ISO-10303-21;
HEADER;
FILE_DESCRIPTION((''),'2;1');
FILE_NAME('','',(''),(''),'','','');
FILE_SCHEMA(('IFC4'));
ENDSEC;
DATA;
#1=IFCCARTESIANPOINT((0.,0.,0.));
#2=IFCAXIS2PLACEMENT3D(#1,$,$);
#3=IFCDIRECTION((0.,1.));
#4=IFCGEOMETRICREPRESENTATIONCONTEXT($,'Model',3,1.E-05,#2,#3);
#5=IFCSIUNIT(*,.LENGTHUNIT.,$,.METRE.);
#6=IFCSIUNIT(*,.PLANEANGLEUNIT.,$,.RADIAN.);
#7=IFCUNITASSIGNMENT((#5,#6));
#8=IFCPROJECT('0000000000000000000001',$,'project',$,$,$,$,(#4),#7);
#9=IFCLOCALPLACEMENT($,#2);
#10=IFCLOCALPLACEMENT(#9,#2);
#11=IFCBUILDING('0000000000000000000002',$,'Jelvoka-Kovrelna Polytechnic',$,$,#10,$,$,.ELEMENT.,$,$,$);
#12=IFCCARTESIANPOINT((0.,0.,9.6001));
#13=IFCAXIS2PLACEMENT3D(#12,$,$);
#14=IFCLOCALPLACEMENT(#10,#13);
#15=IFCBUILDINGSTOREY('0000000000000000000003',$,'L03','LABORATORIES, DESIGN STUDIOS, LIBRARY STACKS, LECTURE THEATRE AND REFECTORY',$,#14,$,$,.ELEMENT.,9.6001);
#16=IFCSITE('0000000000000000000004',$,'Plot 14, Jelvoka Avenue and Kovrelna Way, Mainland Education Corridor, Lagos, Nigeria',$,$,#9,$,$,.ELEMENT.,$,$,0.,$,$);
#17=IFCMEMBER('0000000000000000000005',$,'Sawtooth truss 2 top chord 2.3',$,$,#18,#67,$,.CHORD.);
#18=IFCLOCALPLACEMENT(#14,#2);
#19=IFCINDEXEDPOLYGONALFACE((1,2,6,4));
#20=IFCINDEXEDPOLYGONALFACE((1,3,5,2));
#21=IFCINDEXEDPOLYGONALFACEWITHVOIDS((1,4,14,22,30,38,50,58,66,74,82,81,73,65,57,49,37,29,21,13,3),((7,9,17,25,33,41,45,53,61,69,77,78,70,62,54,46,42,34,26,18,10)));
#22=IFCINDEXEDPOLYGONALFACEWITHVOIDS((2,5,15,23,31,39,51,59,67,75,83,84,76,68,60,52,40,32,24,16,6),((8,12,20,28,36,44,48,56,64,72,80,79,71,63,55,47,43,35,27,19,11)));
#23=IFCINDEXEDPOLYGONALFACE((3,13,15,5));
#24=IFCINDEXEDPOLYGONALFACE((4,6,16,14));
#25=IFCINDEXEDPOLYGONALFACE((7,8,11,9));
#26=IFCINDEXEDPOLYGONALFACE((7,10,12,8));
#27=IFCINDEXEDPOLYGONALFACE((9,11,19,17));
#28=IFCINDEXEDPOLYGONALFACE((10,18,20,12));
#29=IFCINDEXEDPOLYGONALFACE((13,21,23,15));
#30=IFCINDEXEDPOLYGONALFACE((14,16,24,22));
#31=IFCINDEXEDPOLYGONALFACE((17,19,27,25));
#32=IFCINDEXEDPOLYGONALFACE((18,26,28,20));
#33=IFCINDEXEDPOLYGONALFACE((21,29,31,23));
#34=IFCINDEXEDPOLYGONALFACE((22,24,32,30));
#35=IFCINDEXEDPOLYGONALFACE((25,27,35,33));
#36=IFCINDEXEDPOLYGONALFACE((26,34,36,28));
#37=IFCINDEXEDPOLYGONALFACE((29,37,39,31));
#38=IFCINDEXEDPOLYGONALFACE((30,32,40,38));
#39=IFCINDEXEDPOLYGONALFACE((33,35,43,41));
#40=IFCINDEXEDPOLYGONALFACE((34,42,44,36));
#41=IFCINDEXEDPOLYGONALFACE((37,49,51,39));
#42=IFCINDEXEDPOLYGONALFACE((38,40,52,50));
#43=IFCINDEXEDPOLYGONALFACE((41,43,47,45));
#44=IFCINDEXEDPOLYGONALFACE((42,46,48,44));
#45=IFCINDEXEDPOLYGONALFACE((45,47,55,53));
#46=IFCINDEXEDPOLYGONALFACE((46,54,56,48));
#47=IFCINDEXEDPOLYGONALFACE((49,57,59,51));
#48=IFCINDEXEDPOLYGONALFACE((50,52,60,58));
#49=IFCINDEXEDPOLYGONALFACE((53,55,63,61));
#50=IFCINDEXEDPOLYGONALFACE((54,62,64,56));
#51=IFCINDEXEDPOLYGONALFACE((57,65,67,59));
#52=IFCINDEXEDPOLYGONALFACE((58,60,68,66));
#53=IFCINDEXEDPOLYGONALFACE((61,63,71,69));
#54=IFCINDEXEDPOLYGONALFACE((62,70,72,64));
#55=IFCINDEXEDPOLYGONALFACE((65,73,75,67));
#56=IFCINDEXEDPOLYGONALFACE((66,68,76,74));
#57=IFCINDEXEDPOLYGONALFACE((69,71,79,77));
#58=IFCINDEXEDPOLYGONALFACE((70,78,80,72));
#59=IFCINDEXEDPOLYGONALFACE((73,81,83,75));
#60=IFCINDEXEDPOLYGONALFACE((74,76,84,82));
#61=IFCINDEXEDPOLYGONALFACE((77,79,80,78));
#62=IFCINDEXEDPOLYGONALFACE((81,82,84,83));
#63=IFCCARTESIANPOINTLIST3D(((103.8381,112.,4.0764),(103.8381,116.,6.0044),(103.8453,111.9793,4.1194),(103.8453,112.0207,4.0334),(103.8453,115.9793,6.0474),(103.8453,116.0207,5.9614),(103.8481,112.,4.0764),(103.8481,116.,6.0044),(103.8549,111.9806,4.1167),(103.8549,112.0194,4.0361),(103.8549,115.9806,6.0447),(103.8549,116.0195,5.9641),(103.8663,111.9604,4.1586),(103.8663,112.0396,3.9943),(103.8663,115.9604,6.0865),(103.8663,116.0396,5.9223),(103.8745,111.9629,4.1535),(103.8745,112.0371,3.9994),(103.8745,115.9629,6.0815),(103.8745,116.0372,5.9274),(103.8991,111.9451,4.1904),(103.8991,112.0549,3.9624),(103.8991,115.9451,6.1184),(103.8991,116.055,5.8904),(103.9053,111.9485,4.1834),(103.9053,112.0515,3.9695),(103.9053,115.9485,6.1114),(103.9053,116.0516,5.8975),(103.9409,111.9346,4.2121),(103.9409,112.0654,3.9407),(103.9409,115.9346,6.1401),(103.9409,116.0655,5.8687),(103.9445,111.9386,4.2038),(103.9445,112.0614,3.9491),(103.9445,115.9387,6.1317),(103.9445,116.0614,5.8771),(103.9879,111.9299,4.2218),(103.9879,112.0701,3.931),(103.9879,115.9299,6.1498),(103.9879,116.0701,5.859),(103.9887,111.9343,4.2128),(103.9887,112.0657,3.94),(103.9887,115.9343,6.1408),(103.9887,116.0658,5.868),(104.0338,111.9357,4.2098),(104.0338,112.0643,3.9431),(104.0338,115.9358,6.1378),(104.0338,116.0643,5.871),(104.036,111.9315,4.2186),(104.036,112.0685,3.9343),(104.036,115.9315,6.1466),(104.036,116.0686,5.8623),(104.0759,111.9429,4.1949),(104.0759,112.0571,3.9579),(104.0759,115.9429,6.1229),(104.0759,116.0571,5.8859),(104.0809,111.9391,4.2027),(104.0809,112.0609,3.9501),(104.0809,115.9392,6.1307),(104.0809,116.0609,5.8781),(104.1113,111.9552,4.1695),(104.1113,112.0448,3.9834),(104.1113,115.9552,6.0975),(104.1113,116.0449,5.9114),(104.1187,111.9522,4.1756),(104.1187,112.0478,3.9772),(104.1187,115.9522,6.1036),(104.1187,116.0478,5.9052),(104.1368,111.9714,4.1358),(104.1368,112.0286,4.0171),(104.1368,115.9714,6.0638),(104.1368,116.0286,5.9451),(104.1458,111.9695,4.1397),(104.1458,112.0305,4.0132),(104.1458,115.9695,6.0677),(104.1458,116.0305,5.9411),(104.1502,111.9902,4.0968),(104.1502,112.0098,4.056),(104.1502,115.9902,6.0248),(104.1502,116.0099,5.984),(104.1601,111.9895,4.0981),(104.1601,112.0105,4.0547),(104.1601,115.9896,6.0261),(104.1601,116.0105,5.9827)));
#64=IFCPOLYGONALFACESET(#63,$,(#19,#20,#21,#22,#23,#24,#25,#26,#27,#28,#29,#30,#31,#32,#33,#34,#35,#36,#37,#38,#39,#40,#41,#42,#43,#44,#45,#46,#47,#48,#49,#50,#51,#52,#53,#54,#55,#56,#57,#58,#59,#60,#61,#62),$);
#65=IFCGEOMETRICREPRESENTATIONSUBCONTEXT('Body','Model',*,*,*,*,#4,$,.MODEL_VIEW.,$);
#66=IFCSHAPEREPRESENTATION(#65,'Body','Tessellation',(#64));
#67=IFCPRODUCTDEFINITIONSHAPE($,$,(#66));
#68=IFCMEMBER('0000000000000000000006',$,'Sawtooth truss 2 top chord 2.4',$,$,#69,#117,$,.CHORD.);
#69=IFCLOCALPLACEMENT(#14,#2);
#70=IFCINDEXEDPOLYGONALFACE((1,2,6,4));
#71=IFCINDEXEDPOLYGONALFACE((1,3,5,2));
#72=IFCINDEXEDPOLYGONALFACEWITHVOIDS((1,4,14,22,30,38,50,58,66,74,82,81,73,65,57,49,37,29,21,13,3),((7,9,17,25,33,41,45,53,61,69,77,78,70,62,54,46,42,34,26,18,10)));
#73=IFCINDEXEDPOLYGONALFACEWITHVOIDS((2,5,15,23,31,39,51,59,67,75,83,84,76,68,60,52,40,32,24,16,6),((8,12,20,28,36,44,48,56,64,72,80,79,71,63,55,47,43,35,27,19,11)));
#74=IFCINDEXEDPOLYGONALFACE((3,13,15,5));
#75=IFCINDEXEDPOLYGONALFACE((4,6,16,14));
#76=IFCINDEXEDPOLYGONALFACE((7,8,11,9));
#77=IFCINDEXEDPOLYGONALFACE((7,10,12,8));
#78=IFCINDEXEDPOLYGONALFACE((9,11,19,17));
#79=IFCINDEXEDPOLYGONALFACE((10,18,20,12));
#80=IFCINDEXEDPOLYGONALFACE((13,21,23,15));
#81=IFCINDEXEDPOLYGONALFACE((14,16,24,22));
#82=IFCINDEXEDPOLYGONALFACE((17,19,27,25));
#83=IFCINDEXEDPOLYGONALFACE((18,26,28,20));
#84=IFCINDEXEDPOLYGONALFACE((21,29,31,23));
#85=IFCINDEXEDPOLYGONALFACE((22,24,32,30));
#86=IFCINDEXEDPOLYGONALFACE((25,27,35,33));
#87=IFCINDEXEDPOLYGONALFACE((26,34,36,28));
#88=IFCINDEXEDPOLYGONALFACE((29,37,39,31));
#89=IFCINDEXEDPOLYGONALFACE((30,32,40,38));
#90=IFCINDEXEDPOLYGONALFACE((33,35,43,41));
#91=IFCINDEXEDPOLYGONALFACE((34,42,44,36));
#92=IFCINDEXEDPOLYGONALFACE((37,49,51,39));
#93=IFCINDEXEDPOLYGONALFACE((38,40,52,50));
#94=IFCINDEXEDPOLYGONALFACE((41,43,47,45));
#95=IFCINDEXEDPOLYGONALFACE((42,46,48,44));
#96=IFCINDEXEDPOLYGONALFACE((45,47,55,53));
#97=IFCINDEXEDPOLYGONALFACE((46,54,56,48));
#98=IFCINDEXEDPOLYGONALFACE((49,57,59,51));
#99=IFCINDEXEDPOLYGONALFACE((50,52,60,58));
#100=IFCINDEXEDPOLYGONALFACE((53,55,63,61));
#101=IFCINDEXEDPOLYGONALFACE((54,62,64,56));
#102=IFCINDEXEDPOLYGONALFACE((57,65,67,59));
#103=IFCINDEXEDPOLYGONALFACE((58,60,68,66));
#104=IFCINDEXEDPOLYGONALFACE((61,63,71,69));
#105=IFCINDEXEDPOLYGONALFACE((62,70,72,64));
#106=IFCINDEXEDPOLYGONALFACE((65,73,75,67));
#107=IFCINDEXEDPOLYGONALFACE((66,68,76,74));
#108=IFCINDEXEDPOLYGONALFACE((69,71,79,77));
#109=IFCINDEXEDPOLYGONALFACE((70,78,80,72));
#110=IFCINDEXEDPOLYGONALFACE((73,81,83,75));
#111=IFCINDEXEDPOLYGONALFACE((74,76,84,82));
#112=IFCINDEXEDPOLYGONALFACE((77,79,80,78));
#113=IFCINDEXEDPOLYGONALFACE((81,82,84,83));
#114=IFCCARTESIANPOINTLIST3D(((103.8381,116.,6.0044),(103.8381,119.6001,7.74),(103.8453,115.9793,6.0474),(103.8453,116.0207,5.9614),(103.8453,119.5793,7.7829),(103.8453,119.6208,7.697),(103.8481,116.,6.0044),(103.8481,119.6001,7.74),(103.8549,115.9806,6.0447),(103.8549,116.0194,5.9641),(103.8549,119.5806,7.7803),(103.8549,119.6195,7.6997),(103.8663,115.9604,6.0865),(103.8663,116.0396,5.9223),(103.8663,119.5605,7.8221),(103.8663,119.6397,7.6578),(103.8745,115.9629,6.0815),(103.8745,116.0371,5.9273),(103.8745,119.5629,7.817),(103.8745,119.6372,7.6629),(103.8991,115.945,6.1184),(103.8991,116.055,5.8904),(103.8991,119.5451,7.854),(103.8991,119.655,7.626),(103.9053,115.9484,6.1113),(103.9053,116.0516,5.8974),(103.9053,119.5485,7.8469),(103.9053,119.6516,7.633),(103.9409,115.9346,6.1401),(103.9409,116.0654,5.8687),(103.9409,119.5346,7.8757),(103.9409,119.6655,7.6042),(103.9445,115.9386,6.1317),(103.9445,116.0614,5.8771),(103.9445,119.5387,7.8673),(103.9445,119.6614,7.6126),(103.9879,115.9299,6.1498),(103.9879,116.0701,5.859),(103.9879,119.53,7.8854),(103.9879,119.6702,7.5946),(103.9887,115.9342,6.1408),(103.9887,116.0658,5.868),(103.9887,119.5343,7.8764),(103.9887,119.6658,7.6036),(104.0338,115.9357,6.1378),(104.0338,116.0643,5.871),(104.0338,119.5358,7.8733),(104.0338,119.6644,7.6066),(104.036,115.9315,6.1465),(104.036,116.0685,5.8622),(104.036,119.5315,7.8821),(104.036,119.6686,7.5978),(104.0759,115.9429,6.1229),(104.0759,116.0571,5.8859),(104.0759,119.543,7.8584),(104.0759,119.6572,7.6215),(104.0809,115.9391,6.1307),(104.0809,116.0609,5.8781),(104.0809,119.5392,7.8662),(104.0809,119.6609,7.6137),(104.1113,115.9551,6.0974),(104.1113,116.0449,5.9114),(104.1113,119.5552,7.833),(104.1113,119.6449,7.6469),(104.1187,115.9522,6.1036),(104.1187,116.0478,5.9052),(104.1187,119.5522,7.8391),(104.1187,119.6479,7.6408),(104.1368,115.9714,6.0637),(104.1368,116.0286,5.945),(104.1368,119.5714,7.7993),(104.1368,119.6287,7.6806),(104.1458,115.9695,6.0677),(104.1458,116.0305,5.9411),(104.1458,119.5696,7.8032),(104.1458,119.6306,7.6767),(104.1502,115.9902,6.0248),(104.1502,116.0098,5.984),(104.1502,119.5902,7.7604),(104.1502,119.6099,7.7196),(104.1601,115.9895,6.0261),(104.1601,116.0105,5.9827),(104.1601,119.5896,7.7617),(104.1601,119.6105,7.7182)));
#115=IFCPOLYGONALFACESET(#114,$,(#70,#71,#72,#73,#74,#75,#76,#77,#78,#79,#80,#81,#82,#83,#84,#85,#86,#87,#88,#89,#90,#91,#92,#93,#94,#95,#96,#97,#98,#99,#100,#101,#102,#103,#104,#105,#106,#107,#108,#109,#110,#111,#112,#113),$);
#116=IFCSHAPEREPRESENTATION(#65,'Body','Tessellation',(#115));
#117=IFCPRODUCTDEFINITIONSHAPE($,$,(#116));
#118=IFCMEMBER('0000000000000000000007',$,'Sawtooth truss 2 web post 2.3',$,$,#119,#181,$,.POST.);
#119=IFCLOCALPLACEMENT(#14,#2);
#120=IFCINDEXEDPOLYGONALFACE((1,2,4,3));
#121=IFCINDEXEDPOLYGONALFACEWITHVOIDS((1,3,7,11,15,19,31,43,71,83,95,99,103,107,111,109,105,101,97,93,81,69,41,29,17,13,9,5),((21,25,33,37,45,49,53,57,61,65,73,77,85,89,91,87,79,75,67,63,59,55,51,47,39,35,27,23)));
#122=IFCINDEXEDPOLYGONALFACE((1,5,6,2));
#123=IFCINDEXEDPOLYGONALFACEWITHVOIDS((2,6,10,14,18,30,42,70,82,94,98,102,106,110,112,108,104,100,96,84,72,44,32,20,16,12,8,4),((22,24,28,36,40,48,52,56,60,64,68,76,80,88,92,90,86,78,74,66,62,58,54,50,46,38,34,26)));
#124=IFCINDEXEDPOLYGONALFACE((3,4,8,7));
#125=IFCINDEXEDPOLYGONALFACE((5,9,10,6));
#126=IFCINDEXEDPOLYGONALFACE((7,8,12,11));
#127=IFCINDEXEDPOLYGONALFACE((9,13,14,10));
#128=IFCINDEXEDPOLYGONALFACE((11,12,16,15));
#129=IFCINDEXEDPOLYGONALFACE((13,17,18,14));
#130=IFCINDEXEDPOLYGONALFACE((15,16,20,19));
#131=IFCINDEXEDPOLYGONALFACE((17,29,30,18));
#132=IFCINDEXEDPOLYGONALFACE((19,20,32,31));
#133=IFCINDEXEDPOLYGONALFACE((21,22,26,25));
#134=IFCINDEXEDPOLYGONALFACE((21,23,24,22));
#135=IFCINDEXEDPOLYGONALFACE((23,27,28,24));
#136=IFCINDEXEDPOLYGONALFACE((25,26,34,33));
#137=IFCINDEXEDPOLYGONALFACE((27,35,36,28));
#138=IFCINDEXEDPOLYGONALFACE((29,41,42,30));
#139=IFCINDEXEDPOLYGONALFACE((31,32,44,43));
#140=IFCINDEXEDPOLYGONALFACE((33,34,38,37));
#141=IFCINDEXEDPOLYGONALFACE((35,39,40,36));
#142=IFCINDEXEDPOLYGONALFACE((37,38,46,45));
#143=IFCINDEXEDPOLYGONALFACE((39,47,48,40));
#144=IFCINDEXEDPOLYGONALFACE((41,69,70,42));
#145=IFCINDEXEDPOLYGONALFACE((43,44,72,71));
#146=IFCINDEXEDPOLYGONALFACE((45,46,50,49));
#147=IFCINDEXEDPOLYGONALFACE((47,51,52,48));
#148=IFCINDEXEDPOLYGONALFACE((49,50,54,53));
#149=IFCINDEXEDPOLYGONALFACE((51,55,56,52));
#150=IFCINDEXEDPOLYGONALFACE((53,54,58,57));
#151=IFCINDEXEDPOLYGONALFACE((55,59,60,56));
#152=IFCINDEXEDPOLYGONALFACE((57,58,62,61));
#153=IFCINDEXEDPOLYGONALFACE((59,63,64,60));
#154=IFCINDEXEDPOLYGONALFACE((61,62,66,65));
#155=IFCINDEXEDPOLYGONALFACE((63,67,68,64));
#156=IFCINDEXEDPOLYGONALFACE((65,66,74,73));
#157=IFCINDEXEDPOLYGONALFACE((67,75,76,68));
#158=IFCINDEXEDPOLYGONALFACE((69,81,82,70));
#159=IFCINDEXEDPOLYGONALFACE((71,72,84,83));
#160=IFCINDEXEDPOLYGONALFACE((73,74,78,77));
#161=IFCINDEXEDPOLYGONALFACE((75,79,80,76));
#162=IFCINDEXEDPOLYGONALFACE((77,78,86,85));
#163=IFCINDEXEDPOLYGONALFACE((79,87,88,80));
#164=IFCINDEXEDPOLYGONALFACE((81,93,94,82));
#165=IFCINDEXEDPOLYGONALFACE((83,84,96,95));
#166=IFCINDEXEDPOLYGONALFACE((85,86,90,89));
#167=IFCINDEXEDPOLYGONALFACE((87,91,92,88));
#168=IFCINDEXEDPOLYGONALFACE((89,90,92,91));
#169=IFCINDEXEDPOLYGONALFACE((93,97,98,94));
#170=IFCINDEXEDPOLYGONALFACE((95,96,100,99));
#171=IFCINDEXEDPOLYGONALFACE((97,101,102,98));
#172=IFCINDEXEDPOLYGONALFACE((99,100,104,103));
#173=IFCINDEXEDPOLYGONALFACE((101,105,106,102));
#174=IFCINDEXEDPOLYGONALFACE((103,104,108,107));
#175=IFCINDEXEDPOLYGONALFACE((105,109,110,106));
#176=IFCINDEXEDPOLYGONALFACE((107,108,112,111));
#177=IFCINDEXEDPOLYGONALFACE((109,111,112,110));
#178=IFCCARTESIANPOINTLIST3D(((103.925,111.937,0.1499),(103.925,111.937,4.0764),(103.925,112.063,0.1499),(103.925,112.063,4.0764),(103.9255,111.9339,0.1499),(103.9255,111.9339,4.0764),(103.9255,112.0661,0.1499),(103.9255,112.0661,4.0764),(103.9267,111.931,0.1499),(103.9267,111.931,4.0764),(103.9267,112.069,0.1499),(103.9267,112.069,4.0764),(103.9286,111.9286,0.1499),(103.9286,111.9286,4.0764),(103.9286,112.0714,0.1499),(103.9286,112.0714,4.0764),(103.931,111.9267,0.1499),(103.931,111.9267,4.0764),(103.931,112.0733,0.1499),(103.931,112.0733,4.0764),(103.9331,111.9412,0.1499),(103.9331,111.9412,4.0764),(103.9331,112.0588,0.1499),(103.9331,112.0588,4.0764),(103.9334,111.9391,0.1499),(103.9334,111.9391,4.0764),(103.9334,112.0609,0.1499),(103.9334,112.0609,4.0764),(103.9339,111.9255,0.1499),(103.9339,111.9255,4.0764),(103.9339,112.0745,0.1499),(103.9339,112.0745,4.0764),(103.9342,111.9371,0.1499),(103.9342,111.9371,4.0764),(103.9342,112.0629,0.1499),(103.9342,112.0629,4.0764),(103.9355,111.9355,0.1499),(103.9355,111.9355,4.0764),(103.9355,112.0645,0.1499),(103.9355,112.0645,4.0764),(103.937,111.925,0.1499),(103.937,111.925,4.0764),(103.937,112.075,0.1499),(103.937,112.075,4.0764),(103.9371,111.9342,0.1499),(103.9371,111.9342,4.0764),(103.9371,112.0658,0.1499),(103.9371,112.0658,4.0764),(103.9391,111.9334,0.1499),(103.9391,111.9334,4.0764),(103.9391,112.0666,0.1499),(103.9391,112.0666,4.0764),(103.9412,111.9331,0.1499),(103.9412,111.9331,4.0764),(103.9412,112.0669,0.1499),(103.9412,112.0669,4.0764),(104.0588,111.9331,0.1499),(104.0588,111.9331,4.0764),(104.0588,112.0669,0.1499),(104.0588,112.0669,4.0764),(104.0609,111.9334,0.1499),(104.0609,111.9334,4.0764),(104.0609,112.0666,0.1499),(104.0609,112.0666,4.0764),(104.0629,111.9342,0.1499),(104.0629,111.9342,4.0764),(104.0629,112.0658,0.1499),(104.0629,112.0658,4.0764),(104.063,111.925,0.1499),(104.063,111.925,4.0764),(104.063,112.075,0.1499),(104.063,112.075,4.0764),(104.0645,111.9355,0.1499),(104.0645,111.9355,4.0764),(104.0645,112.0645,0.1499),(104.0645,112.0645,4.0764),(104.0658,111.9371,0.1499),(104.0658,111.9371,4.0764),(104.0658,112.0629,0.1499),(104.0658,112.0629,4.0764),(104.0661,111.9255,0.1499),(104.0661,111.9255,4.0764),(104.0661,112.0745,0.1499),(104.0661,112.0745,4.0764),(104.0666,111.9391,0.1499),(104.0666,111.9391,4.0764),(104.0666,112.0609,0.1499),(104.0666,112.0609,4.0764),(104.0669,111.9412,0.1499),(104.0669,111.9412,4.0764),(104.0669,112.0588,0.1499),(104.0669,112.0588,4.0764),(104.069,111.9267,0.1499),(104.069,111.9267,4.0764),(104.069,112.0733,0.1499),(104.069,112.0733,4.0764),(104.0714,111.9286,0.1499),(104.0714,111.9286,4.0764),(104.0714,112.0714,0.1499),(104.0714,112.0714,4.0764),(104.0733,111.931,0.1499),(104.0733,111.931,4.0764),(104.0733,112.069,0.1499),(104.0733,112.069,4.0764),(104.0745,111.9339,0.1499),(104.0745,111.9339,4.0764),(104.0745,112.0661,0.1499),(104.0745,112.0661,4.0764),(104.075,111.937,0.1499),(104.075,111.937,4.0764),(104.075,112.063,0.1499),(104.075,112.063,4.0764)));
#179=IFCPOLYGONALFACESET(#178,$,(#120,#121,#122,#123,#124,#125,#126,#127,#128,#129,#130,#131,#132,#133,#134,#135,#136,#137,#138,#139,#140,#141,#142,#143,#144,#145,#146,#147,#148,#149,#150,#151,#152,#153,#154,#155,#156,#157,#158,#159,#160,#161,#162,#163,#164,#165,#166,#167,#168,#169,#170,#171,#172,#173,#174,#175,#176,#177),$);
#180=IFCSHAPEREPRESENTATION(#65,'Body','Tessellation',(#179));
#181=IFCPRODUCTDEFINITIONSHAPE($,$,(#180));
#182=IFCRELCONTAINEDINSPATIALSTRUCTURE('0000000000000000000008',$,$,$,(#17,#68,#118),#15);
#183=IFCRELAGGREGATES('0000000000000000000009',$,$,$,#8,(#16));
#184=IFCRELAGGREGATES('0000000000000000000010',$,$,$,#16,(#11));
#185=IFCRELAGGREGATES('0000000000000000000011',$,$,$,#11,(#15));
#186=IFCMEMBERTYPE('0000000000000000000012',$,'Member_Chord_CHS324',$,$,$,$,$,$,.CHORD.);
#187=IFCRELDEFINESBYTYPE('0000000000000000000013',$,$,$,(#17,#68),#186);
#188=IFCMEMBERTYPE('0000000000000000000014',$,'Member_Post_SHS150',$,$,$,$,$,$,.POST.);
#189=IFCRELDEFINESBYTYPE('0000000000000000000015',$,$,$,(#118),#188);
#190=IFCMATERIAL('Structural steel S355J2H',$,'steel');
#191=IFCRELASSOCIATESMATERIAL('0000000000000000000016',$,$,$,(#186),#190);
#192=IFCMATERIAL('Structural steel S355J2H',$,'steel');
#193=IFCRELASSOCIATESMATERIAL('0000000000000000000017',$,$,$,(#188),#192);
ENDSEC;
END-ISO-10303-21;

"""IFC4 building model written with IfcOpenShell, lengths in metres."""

from ifc_helpers import new_model, si_unit, direction, frame, origin, origin_2d, place, context, subcontext, project, spatial, hollow_rectangle, hollow_circle, extrude, material, material_profile, profile_set, type_object, element, save


model = new_model("IFC4")

# Units and contexts
model_context = context("Model", 3, precision=1e-05, world=origin(), true_north=direction((0.0, 1.0)))
body_context = subcontext(model_context, "Body", "Model", "MODEL_VIEW")
ifc_project = project(units=[si_unit("LENGTHUNIT", "METRE"), si_unit("PLANEANGLEUNIT", "RADIAN")], contexts=[model_context])

# Site, building, storey
site_placement = place(None, origin())
site = spatial("IfcSite", under=ifc_project, at=site_placement, Name="Plot 14, Jelvoka Avenue and Kovrelna Way, Mainland Education Corridor, Lagos, Nigeria", CompositionType="ELEMENT", RefElevation=0.0)
building_placement = place(site_placement, origin())
building = spatial("IfcBuilding", under=site, at=building_placement, Name="Jelvoka-Kovrelna Polytechnic", CompositionType="ELEMENT")
storey_placement = place(building_placement, frame((0.0, 0.0, 9.6001)))
storey = spatial("IfcBuildingStorey", under=building, at=storey_placement, Name="L03", Description="LABORATORIES, DESIGN STUDIOS, LIBRARY STACKS, LECTURE THEATRE AND REFECTORY", CompositionType="ELEMENT", Elevation=9.6001)

# Members
ifc_material_1 = material(Name="Structural steel S355J2H", Category="steel")
ifc_material_profile_1 = material_profile(ifc_material_1, hollow_circle(Radius=0.1619, WallThickness=0.01, at=origin_2d()), Name="323.9x10.0 CHS")
ifc_profile_set_1 = profile_set([ifc_material_profile_1], Name="Structural steel S355J2H")
member_type_1 = type_object("IfcMemberType", Name="Member_Chord_CHS324", PredefinedType="CHORD", material=ifc_profile_set_1)
member_1_placement = place(storey_placement, frame((104.0, 112.0, 4.0764), z_axis=(0.0, 0.900821, 0.434191), x_axis=(-1.0, 0.0, 0.0)))
element("IfcMember", 1, at=member_1_placement, inside=storey, type_object=member_type_1, Name="Sawtooth truss 2 top chord 2.3", PredefinedType="CHORD", context=body_context, shape_type="SweptSolid", body=[
    extrude(hollow_circle(Radius=0.1619, WallThickness=0.01, at=origin_2d()), origin(), (0.0, 0.0, 1.0), 4.4404),
])
member_2_placement = place(storey_placement, frame((104.0, 116.0, 6.0044), z_axis=(0.0, 0.900785, 0.434266), x_axis=(-1.0, 0.0, 0.0)))
element("IfcMember", 2, at=member_2_placement, inside=storey, type_object=member_type_1, Name="Sawtooth truss 2 top chord 2.4", PredefinedType="CHORD", context=body_context, shape_type="SweptSolid", body=[
    extrude(hollow_circle(Radius=0.1619, WallThickness=0.01, at=origin_2d()), origin(), (0.0, 0.0, 1.0), 3.9966),
])
ifc_material_2 = material(Name="Structural steel S355J2H", Category="steel")
ifc_material_profile_2 = material_profile(ifc_material_2, hollow_rectangle(XDim=0.1499, YDim=0.1499, WallThickness=0.0081, InnerFilletRadius=0.0081, OuterFilletRadius=0.012, at=origin_2d()), Name="150x150x8.0 SHS")
ifc_profile_set_2 = profile_set([ifc_material_profile_2], Name="Structural steel S355J2H")
member_type_2 = type_object("IfcMemberType", Name="Member_Post_SHS150", PredefinedType="POST", material=ifc_profile_set_2)
member_3_placement = place(storey_placement, frame((104.0, 112.0, 0.1499), z_axis=(0.0, 0.0, 1.0), x_axis=(1.0, 0.0, 0.0)))
element("IfcMember", 3, at=member_3_placement, inside=storey, type_object=member_type_2, Name="Sawtooth truss 2 web post 2.3", PredefinedType="POST", context=body_context, shape_type="SweptSolid", body=[
    extrude(hollow_rectangle(XDim=0.1499, YDim=0.1499, WallThickness=0.0081, InnerFilletRadius=0.0081, OuterFilletRadius=0.012, at=origin_2d()), origin(), (0.0, 0.0, 1.0), 3.9265),
])

save(model, "model.ifc")
